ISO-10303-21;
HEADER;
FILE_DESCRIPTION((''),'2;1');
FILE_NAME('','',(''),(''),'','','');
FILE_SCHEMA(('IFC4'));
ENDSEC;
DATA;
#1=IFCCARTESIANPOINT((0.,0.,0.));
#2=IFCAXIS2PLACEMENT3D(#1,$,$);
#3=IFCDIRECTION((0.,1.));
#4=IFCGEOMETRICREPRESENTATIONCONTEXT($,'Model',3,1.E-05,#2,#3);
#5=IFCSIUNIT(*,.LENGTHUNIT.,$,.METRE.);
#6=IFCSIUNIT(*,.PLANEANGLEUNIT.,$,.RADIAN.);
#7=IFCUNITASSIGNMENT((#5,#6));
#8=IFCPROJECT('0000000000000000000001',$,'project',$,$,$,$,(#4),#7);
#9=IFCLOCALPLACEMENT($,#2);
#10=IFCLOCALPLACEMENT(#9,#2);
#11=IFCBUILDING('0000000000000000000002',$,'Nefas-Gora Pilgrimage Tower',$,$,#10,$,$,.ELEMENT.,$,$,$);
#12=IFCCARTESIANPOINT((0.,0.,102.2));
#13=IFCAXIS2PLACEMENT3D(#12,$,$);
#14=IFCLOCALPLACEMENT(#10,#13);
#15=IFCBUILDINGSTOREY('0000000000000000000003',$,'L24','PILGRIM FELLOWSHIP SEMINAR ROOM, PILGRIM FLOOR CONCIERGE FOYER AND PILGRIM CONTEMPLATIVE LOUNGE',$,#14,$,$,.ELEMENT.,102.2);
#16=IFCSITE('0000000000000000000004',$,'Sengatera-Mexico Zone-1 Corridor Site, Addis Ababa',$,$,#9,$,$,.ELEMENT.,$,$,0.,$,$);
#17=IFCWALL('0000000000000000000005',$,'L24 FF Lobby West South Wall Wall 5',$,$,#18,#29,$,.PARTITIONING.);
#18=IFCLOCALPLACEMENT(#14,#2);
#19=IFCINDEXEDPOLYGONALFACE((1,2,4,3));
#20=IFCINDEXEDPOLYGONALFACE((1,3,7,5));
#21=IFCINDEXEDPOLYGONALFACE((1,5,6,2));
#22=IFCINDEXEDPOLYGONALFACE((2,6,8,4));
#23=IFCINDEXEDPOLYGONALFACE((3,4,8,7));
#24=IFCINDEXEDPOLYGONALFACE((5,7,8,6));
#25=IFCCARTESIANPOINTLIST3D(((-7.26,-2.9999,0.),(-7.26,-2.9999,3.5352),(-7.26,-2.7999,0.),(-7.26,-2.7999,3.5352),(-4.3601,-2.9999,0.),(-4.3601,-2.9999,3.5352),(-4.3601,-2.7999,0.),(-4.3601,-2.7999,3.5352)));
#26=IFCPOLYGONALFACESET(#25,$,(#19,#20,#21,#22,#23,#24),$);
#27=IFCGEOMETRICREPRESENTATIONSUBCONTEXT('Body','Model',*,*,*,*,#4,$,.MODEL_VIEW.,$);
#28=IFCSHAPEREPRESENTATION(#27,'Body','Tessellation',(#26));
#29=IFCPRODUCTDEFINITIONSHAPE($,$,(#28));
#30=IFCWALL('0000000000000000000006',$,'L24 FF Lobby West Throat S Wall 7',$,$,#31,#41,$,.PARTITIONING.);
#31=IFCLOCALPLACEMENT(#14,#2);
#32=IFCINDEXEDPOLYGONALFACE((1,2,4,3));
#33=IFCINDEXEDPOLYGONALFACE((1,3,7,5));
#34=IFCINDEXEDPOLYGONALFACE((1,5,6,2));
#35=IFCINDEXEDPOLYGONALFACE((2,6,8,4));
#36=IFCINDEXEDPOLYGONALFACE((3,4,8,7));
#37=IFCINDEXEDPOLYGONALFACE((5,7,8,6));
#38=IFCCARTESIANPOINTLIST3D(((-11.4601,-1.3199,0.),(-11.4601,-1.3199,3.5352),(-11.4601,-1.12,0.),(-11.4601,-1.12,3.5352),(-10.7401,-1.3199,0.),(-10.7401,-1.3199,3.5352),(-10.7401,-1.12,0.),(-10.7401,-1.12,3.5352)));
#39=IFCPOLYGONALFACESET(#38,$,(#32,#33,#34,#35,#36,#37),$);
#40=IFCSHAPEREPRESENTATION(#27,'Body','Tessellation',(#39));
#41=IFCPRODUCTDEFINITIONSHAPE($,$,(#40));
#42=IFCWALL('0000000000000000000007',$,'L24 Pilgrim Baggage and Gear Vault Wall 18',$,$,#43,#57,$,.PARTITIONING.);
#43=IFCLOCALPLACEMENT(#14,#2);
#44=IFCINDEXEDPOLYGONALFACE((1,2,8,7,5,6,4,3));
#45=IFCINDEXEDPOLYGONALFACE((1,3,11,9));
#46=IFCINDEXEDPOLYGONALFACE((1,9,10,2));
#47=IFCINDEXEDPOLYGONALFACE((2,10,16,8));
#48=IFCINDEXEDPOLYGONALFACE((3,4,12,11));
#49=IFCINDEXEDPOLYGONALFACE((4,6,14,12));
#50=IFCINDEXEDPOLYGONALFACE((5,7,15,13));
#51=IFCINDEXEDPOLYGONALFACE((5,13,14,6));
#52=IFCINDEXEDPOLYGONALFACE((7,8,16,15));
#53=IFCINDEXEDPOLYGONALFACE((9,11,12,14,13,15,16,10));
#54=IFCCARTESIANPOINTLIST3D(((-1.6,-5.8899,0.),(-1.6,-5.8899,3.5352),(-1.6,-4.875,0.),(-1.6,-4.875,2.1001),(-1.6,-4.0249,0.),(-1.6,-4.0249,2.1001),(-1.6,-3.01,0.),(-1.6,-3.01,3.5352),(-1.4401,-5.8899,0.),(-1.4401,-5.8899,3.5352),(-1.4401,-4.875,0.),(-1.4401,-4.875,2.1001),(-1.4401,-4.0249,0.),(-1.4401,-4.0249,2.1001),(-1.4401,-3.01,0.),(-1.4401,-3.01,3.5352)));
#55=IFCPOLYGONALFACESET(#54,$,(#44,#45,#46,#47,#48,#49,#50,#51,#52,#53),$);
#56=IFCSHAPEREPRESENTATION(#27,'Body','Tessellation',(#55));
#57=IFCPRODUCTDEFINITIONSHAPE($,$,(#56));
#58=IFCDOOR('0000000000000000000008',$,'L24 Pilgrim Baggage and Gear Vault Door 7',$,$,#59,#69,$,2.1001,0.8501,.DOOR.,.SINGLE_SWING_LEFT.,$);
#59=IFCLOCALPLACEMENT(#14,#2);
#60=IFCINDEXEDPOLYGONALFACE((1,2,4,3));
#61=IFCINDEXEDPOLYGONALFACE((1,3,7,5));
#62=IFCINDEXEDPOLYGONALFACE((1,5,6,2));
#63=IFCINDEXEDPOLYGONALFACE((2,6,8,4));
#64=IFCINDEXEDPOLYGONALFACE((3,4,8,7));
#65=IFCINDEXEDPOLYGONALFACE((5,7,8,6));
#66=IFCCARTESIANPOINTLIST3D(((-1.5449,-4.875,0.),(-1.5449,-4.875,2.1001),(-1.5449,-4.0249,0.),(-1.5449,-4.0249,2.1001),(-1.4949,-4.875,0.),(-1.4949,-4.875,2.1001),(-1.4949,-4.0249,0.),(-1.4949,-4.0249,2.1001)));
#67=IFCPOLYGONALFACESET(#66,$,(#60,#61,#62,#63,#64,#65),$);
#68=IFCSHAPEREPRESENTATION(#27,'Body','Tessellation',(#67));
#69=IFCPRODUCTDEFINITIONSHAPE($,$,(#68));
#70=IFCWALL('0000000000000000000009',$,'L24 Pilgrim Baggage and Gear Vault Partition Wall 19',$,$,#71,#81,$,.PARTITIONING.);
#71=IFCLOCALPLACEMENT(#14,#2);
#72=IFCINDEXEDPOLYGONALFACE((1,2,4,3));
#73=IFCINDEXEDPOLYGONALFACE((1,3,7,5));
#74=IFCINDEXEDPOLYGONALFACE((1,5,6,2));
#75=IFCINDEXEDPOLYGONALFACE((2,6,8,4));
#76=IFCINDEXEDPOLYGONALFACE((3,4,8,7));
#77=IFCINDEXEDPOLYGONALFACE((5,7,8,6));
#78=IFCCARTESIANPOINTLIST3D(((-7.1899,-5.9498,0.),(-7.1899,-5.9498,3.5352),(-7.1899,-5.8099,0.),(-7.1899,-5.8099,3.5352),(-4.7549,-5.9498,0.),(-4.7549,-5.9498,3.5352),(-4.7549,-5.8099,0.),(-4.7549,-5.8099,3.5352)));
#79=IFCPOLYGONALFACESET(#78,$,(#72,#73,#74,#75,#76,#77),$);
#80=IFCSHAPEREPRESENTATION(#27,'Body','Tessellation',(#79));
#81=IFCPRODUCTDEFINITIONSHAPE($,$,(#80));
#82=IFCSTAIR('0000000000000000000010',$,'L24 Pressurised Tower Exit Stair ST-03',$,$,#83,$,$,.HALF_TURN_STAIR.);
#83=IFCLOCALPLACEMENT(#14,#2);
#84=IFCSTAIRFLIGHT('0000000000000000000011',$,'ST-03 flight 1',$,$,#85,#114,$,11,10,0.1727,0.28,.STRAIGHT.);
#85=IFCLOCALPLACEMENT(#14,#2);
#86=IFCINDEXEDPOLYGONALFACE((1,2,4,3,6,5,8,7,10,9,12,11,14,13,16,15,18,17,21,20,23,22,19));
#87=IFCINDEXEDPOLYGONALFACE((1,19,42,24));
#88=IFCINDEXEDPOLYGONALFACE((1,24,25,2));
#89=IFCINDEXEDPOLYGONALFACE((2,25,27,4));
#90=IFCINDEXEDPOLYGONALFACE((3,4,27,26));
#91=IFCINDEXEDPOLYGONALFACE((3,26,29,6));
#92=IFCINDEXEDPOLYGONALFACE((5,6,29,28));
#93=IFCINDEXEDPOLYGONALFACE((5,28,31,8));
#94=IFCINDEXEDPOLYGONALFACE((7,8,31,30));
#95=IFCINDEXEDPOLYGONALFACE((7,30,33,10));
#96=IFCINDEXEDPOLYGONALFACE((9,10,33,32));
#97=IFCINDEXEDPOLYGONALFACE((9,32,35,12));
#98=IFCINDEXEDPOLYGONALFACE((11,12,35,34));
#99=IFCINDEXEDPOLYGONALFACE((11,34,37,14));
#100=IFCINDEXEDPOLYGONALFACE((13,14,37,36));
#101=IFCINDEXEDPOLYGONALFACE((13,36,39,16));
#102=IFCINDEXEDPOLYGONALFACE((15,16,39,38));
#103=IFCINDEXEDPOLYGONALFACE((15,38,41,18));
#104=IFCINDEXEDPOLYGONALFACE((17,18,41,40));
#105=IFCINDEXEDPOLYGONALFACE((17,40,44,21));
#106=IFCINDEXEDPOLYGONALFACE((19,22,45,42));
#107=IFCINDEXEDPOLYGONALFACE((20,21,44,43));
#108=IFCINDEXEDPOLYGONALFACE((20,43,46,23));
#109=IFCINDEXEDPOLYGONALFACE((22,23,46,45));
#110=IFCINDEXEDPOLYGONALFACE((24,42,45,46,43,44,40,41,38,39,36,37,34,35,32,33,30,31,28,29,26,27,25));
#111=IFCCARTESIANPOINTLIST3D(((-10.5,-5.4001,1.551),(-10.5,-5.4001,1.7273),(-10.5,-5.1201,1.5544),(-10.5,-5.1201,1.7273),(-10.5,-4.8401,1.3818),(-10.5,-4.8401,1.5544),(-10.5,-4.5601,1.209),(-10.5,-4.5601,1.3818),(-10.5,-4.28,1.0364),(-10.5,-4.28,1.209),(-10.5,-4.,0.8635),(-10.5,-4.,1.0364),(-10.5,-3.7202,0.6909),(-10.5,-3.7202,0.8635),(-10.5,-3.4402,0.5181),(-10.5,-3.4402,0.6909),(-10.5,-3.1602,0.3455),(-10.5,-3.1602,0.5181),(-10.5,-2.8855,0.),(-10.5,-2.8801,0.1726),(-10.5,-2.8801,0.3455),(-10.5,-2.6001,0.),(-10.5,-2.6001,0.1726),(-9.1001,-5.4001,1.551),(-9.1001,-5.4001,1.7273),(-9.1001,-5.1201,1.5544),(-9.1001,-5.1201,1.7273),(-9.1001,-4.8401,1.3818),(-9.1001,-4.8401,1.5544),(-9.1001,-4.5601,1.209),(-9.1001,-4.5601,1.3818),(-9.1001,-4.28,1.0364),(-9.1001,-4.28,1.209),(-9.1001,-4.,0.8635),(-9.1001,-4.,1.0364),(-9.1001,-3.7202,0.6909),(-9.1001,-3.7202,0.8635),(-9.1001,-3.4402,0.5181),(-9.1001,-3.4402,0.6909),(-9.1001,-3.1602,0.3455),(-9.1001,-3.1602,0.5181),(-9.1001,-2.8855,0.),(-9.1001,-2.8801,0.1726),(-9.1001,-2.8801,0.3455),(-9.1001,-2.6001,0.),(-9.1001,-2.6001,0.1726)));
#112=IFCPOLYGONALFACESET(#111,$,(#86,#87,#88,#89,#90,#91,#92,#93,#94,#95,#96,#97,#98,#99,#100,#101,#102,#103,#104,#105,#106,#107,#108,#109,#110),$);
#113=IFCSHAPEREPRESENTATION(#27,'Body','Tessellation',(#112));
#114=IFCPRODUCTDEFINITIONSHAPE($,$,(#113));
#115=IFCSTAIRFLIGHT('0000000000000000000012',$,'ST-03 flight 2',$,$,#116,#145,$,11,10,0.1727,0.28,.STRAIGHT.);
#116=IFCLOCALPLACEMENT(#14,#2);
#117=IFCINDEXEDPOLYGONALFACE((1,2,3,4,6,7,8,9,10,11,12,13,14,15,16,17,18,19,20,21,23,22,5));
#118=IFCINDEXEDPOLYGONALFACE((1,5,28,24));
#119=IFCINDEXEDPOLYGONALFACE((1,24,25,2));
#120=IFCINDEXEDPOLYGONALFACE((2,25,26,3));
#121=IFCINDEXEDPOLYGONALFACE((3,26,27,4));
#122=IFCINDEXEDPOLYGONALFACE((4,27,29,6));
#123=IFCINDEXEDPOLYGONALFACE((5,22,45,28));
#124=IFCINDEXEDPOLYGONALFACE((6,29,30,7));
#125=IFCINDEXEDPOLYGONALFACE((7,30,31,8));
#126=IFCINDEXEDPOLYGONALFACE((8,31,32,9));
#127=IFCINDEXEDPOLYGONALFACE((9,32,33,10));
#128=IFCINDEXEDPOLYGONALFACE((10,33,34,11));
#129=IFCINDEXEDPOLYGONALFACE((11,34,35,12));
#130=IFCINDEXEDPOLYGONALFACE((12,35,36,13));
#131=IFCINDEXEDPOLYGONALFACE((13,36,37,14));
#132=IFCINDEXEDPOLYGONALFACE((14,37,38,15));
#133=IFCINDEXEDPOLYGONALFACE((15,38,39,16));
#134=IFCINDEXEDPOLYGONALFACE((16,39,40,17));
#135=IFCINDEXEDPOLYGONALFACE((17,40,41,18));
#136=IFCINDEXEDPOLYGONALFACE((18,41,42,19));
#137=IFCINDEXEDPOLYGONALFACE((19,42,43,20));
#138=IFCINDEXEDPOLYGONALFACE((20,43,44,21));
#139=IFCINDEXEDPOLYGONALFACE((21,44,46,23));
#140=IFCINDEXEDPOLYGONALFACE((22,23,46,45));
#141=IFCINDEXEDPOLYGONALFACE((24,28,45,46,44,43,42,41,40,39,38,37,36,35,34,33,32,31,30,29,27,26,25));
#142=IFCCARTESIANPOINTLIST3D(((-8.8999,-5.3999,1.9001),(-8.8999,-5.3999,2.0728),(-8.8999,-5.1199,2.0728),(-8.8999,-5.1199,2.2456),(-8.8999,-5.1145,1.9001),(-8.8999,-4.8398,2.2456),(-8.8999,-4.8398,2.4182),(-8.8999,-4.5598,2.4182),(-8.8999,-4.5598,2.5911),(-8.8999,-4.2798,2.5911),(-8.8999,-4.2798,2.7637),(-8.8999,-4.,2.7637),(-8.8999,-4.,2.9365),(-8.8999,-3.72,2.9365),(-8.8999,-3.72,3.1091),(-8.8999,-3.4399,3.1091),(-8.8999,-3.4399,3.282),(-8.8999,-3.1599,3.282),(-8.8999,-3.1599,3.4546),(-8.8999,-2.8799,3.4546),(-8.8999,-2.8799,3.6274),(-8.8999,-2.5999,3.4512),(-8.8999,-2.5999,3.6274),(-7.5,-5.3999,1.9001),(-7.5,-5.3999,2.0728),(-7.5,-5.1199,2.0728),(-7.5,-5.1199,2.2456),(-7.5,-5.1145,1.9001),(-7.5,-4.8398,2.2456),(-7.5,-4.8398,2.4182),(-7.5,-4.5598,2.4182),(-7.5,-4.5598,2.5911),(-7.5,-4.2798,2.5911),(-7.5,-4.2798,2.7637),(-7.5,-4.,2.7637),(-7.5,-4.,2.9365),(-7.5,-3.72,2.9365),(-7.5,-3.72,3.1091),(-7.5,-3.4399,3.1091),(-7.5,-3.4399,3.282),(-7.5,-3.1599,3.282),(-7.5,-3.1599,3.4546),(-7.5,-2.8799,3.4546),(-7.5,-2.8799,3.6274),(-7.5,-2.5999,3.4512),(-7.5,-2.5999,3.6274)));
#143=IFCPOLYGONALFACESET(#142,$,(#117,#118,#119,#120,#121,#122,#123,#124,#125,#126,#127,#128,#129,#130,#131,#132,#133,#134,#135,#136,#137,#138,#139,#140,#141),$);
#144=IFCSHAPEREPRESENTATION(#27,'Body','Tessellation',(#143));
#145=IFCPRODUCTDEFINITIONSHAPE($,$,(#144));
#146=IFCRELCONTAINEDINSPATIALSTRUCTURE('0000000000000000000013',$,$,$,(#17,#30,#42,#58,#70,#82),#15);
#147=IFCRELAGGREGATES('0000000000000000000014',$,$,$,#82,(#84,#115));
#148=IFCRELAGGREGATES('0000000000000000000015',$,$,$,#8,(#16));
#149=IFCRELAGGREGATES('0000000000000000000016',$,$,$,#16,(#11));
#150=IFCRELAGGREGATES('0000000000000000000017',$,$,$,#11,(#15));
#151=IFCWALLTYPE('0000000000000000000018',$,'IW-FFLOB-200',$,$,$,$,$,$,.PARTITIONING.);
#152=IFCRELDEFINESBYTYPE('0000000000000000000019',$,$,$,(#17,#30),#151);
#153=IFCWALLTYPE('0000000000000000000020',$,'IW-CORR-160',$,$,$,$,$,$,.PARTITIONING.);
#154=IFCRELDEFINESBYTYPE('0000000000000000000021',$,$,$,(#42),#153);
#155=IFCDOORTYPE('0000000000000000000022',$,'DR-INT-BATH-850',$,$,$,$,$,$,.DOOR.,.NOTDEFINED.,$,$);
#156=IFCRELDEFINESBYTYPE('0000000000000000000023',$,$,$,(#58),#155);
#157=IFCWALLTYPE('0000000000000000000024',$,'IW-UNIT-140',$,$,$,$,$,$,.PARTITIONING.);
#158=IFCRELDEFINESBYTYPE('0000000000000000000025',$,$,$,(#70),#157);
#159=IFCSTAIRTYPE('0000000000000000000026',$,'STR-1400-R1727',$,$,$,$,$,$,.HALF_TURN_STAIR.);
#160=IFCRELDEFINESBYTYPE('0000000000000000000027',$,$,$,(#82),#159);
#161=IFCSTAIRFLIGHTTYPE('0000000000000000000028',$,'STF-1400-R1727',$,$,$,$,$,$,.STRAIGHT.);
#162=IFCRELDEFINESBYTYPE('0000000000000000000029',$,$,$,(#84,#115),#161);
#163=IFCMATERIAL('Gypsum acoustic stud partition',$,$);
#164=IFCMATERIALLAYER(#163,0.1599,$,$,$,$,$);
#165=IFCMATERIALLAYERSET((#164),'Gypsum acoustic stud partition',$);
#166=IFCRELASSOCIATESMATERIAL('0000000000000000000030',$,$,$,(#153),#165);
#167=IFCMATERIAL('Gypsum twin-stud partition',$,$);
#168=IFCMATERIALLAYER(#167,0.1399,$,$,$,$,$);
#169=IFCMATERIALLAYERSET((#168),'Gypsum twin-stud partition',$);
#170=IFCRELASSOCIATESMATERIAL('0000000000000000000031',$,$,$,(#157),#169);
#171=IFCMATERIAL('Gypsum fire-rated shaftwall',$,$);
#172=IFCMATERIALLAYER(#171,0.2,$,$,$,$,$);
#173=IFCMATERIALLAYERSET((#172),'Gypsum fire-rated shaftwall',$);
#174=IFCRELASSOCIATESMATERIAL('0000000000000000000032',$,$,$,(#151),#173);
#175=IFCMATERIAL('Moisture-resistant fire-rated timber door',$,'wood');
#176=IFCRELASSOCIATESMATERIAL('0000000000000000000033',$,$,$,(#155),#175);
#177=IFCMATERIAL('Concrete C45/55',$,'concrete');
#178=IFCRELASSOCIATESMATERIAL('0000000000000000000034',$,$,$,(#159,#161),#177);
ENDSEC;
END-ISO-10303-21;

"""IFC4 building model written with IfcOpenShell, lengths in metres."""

from ifc_helpers import new_model, si_unit, direction, frame, frame_2d, origin, place, context, subcontext, project, spatial, polyline, rectangle, outline, extrude, source, transform, mapped, material, layer, layer_set, type_object, element, fill, aggregate, save


model = new_model("IFC4")

# Units and contexts
model_context = context("Model", 3, precision=1e-05, world=origin(), true_north=direction((0.0, 1.0)))
body_context = subcontext(model_context, "Body", "Model", "MODEL_VIEW")
ifc_project = project(units=[si_unit("LENGTHUNIT", "METRE"), si_unit("PLANEANGLEUNIT", "RADIAN")], contexts=[model_context])

# Site, building, storey
site_placement = place(None, origin())
site = spatial("IfcSite", under=ifc_project, at=site_placement, Name="Sengatera-Mexico Zone-1 Corridor Site, Addis Ababa", CompositionType="ELEMENT", RefElevation=0.0)
building_placement = place(site_placement, origin())
building = spatial("IfcBuilding", under=site, at=building_placement, Name="Nefas-Gora Pilgrimage Tower", CompositionType="ELEMENT")
storey_placement = place(building_placement, frame((0.0, 0.0, 102.2)))
storey = spatial("IfcBuildingStorey", under=building, at=storey_placement, Name="L24", Description="PILGRIM FELLOWSHIP SEMINAR ROOM, PILGRIM FLOOR CONCIERGE FOYER AND PILGRIM CONTEMPLATIVE LOUNGE", CompositionType="ELEMENT", Elevation=102.2)

# Shared definitions
ifc_material_1 = material(Name="Concrete C45/55", Category="concrete")

# Shared definitions
ifc_material_2 = material(Name="Gypsum acoustic stud partition")
ifc_layer_1 = layer(ifc_material_2, 0.1599)
ifc_layer_set_1 = layer_set([ifc_layer_1], Name="Gypsum acoustic stud partition")
wall_type_1 = type_object("IfcWallType", Name="IW-CORR-160", PredefinedType="PARTITIONING", material=ifc_layer_set_1)
ifc_material_3 = material(Name="Gypsum twin-stud partition")
ifc_layer_2 = layer(ifc_material_3, 0.1399)
ifc_layer_set_2 = layer_set([ifc_layer_2], Name="Gypsum twin-stud partition")
wall_type_2 = type_object("IfcWallType", Name="IW-UNIT-140", PredefinedType="PARTITIONING", material=ifc_layer_set_2)

# Shared definitions
ifc_material_4 = material(Name="Gypsum fire-rated shaftwall")
ifc_layer_3 = layer(ifc_material_4, 0.2)
ifc_layer_set_3 = layer_set([ifc_layer_3], Name="Gypsum fire-rated shaftwall")
wall_type_3 = type_object("IfcWallType", Name="IW-FFLOB-200", PredefinedType="PARTITIONING", material=ifc_layer_set_3)

# Walls
shared_shape_1 = source(origin(), body_context, "Body", "SweptSolid", [
    extrude(rectangle(XDim=2.8999, YDim=0.2, at=frame_2d((1.45, 0.0))), origin(), (0.0, 0.0, 1.0), 3.5352),
])
wall_1_placement = place(storey_placement, frame((-7.26, -2.8999, 0.0), z_axis=(0.0, 0.0, 1.0), x_axis=(1.0, 0.0, 0.0)))
element("IfcWall", 1, at=wall_1_placement, inside=storey, type_object=wall_type_3, Name="L24 FF Lobby West South Wall Wall 5", PredefinedType="PARTITIONING", context=body_context, shape_type="MappedRepresentation", body=[
    mapped(shared_shape_1, transform((0.0, 0.0, 0.0), x_axis=(1.0, 0.0, 0.0), y_axis=(0.0, 1.0, 0.0), z_axis=(0.0, 0.0, 1.0), scale=1.0)),
])
shared_shape_2 = source(origin(), body_context, "Body", "SweptSolid", [
    extrude(rectangle(XDim=0.72, YDim=0.2, at=frame_2d((0.3599, 0.0))), origin(), (0.0, 0.0, 1.0), 3.5352),
])
wall_2_placement = place(storey_placement, frame((-11.46, -1.22, 0.0), z_axis=(0.0, 0.0, 1.0), x_axis=(1.0, 0.0, 0.0)))
element("IfcWall", 2, at=wall_2_placement, inside=storey, type_object=wall_type_3, Name="L24 FF Lobby West Throat S Wall 7", PredefinedType="PARTITIONING", context=body_context, shape_type="MappedRepresentation", body=[
    mapped(shared_shape_2, transform((0.0, 0.0, 0.0), x_axis=(1.0, 0.0, 0.0), y_axis=(0.0, 1.0, 0.0), z_axis=(0.0, 0.0, 1.0), scale=1.0)),
])

# Wall, opening, door
shared_shape_3 = source(origin(), body_context, "Body", "SweptSolid", [
    extrude(rectangle(XDim=2.8799, YDim=0.1599, at=frame_2d((1.4399, 0.0))), origin(), (0.0, 0.0, 1.0), 3.5352),
])
wall_3_placement = place(storey_placement, frame((-1.52, -5.8899, 0.0), z_axis=(0.0, 0.0, 1.0), x_axis=(0.0, 1.0, 0.0)))
wall_3 = element("IfcWall", 3, at=wall_3_placement, inside=storey, type_object=wall_type_1, Name="L24 Pilgrim Baggage and Gear Vault Wall 18", PredefinedType="PARTITIONING", context=body_context, shape_type="MappedRepresentation", body=[
    mapped(shared_shape_3, transform((0.0, 0.0, 0.0), x_axis=(1.0, 0.0, 0.0), y_axis=(0.0, 1.0, 0.0), z_axis=(0.0, 0.0, 1.0), scale=1.0)),
])
opening_1_placement = place(wall_3_placement, frame((1.0149, 0.0, 0.0)))
opening_1 = element("IfcOpeningElement", 4, at=opening_1_placement, cuts=wall_3, PredefinedType="OPENING", context=body_context, shape_type="SweptSolid", body=[
    extrude(rectangle(XDim=0.8501, YDim=2.1001, at=frame_2d((0.425, 1.05))), frame((0.0, 0.0898, 0.0), z_axis=(0.0, -1.0, 0.0), x_axis=(1.0, 0.0, 0.0)), (0.0, 0.0, 1.0), 0.1799),
])
ifc_material_5 = material(Name="Moisture-resistant fire-rated timber door", Category="wood")
door_type_1 = type_object("IfcDoorType", Name="DR-INT-BATH-850", OperationType="NOTDEFINED", PredefinedType="DOOR", material=ifc_material_5)
shared_shape_4 = source(origin(), body_context, "Body", "SweptSolid", [
    extrude(rectangle(XDim=0.8501, YDim=2.1001, at=frame_2d((0.425, 1.05))), frame((0.0, 0.0249, 0.0), z_axis=(0.0, -1.0, 0.0), x_axis=(1.0, 0.0, 0.0)), (0.0, 0.0, 1.0), 0.05),
])
door_1_placement = place(opening_1_placement, origin())
door_1 = element("IfcDoor", 5, at=door_1_placement, inside=storey, type_object=door_type_1, Name="L24 Pilgrim Baggage and Gear Vault Door 7", OperationType="SINGLE_SWING_LEFT", OverallHeight=2.1001, OverallWidth=0.8501, PredefinedType="DOOR", context=body_context, shape_type="MappedRepresentation", body=[
    mapped(shared_shape_4, transform((0.0, 0.0, 0.0), x_axis=(1.0, 0.0, 0.0), y_axis=(0.0, 1.0, 0.0), z_axis=(0.0, 0.0, 1.0), scale=1.0)),
])
fill(opening_1, door_1)

# Wall
shared_shape_5 = source(origin(), body_context, "Body", "SweptSolid", [
    extrude(rectangle(XDim=2.4351, YDim=0.1399, at=frame_2d((1.2175, 0.0))), origin(), (0.0, 0.0, 1.0), 3.5352),
])
wall_4_placement = place(storey_placement, frame((-7.1899, -5.8799, 0.0), z_axis=(0.0, 0.0, 1.0), x_axis=(1.0, 0.0, 0.0)))
element("IfcWall", 6, at=wall_4_placement, inside=storey, type_object=wall_type_2, Name="L24 Pilgrim Baggage and Gear Vault Partition Wall 19", PredefinedType="PARTITIONING", context=body_context, shape_type="MappedRepresentation", body=[
    mapped(shared_shape_5, transform((0.0, 0.0, 0.0), x_axis=(1.0, 0.0, 0.0), y_axis=(0.0, 1.0, 0.0), z_axis=(0.0, 0.0, 1.0), scale=1.0)),
])

# Stair, stair flights
stair_type = type_object("IfcStairType", Name="STR-1400-R1727", PredefinedType="HALF_TURN_STAIR", material=ifc_material_1)
stair_placement = place(storey_placement, origin())
stair = element("IfcStair", 7, at=stair_placement, inside=storey, type_object=stair_type, Name="L24 Pressurised Tower Exit Stair ST-03", PredefinedType="HALF_TURN_STAIR")
stair_flight_type = type_object("IfcStairFlightType", Name="STF-1400-R1727", PredefinedType="STRAIGHT", material=ifc_material_1)
shared_shape_6 = source(origin(), body_context, "Body", "SweptSolid", [
    extrude(outline(polyline([(0.0, 0.0), (0.0, 0.1726), (0.28, 0.1726), (0.28, 0.3455), (0.5601, 0.3455), (0.5601, 0.5181), (0.8401, 0.5181), (0.8401, 0.6909), (1.1201, 0.6909), (1.1201, 0.8635), (1.3999, 0.8635), (1.3999, 1.0364), (1.6799, 1.0364), (1.6799, 1.209), (1.96, 1.209), (1.96, 1.3818), (2.24, 1.3818), (2.24, 1.5544), (2.52, 1.5544), (2.52, 1.7273), (2.8, 1.7273), (2.8, 1.8999), (2.8, 1.551), (0.2854, 0.0), (0.0, 0.0)])), frame((0.0, 0.7, 0.0), z_axis=(0.0, -1.0, 0.0), x_axis=(1.0, 0.0, 0.0)), (0.0, 0.0, 1.0), 1.3999),
])
stair_flight_1_placement = place(storey_placement, frame((-9.8, -2.6001, 0.0), z_axis=(0.0, 0.0, 1.0), x_axis=(0.0, -1.0, 0.0)))
stair_flight_1 = element("IfcStairFlight", 8, at=stair_flight_1_placement, type_object=stair_flight_type, Name="ST-03 flight 1", NumberOfRisers=11, NumberOfTreads=10, PredefinedType="STRAIGHT", RiserHeight=0.1727, TreadLength=0.28, context=body_context, shape_type="MappedRepresentation", body=[
    mapped(shared_shape_6, transform((0.0, 0.0, 0.0), x_axis=(1.0, 0.0, 0.0), y_axis=(0.0, 1.0, 0.0), z_axis=(0.0, 0.0, 1.0), scale=1.0)),
])
stair_flight_2_placement = place(storey_placement, frame((-8.2, -5.3999, 1.9001), z_axis=(0.0, 0.0, 1.0), x_axis=(0.0, 1.0, 0.0)))
stair_flight_2 = element("IfcStairFlight", 9, at=stair_flight_2_placement, type_object=stair_flight_type, Name="ST-03 flight 2", NumberOfRisers=11, NumberOfTreads=10, PredefinedType="STRAIGHT", RiserHeight=0.1727, TreadLength=0.28, context=body_context, shape_type="MappedRepresentation", body=[
    mapped(shared_shape_6, transform((0.0, 0.0, 0.0), x_axis=(1.0, 0.0, 0.0), y_axis=(0.0, 1.0, 0.0), z_axis=(0.0, 0.0, 1.0), scale=1.0)),
])
aggregate(stair, [stair_flight_1, stair_flight_2])

save(model, "model.ifc")
